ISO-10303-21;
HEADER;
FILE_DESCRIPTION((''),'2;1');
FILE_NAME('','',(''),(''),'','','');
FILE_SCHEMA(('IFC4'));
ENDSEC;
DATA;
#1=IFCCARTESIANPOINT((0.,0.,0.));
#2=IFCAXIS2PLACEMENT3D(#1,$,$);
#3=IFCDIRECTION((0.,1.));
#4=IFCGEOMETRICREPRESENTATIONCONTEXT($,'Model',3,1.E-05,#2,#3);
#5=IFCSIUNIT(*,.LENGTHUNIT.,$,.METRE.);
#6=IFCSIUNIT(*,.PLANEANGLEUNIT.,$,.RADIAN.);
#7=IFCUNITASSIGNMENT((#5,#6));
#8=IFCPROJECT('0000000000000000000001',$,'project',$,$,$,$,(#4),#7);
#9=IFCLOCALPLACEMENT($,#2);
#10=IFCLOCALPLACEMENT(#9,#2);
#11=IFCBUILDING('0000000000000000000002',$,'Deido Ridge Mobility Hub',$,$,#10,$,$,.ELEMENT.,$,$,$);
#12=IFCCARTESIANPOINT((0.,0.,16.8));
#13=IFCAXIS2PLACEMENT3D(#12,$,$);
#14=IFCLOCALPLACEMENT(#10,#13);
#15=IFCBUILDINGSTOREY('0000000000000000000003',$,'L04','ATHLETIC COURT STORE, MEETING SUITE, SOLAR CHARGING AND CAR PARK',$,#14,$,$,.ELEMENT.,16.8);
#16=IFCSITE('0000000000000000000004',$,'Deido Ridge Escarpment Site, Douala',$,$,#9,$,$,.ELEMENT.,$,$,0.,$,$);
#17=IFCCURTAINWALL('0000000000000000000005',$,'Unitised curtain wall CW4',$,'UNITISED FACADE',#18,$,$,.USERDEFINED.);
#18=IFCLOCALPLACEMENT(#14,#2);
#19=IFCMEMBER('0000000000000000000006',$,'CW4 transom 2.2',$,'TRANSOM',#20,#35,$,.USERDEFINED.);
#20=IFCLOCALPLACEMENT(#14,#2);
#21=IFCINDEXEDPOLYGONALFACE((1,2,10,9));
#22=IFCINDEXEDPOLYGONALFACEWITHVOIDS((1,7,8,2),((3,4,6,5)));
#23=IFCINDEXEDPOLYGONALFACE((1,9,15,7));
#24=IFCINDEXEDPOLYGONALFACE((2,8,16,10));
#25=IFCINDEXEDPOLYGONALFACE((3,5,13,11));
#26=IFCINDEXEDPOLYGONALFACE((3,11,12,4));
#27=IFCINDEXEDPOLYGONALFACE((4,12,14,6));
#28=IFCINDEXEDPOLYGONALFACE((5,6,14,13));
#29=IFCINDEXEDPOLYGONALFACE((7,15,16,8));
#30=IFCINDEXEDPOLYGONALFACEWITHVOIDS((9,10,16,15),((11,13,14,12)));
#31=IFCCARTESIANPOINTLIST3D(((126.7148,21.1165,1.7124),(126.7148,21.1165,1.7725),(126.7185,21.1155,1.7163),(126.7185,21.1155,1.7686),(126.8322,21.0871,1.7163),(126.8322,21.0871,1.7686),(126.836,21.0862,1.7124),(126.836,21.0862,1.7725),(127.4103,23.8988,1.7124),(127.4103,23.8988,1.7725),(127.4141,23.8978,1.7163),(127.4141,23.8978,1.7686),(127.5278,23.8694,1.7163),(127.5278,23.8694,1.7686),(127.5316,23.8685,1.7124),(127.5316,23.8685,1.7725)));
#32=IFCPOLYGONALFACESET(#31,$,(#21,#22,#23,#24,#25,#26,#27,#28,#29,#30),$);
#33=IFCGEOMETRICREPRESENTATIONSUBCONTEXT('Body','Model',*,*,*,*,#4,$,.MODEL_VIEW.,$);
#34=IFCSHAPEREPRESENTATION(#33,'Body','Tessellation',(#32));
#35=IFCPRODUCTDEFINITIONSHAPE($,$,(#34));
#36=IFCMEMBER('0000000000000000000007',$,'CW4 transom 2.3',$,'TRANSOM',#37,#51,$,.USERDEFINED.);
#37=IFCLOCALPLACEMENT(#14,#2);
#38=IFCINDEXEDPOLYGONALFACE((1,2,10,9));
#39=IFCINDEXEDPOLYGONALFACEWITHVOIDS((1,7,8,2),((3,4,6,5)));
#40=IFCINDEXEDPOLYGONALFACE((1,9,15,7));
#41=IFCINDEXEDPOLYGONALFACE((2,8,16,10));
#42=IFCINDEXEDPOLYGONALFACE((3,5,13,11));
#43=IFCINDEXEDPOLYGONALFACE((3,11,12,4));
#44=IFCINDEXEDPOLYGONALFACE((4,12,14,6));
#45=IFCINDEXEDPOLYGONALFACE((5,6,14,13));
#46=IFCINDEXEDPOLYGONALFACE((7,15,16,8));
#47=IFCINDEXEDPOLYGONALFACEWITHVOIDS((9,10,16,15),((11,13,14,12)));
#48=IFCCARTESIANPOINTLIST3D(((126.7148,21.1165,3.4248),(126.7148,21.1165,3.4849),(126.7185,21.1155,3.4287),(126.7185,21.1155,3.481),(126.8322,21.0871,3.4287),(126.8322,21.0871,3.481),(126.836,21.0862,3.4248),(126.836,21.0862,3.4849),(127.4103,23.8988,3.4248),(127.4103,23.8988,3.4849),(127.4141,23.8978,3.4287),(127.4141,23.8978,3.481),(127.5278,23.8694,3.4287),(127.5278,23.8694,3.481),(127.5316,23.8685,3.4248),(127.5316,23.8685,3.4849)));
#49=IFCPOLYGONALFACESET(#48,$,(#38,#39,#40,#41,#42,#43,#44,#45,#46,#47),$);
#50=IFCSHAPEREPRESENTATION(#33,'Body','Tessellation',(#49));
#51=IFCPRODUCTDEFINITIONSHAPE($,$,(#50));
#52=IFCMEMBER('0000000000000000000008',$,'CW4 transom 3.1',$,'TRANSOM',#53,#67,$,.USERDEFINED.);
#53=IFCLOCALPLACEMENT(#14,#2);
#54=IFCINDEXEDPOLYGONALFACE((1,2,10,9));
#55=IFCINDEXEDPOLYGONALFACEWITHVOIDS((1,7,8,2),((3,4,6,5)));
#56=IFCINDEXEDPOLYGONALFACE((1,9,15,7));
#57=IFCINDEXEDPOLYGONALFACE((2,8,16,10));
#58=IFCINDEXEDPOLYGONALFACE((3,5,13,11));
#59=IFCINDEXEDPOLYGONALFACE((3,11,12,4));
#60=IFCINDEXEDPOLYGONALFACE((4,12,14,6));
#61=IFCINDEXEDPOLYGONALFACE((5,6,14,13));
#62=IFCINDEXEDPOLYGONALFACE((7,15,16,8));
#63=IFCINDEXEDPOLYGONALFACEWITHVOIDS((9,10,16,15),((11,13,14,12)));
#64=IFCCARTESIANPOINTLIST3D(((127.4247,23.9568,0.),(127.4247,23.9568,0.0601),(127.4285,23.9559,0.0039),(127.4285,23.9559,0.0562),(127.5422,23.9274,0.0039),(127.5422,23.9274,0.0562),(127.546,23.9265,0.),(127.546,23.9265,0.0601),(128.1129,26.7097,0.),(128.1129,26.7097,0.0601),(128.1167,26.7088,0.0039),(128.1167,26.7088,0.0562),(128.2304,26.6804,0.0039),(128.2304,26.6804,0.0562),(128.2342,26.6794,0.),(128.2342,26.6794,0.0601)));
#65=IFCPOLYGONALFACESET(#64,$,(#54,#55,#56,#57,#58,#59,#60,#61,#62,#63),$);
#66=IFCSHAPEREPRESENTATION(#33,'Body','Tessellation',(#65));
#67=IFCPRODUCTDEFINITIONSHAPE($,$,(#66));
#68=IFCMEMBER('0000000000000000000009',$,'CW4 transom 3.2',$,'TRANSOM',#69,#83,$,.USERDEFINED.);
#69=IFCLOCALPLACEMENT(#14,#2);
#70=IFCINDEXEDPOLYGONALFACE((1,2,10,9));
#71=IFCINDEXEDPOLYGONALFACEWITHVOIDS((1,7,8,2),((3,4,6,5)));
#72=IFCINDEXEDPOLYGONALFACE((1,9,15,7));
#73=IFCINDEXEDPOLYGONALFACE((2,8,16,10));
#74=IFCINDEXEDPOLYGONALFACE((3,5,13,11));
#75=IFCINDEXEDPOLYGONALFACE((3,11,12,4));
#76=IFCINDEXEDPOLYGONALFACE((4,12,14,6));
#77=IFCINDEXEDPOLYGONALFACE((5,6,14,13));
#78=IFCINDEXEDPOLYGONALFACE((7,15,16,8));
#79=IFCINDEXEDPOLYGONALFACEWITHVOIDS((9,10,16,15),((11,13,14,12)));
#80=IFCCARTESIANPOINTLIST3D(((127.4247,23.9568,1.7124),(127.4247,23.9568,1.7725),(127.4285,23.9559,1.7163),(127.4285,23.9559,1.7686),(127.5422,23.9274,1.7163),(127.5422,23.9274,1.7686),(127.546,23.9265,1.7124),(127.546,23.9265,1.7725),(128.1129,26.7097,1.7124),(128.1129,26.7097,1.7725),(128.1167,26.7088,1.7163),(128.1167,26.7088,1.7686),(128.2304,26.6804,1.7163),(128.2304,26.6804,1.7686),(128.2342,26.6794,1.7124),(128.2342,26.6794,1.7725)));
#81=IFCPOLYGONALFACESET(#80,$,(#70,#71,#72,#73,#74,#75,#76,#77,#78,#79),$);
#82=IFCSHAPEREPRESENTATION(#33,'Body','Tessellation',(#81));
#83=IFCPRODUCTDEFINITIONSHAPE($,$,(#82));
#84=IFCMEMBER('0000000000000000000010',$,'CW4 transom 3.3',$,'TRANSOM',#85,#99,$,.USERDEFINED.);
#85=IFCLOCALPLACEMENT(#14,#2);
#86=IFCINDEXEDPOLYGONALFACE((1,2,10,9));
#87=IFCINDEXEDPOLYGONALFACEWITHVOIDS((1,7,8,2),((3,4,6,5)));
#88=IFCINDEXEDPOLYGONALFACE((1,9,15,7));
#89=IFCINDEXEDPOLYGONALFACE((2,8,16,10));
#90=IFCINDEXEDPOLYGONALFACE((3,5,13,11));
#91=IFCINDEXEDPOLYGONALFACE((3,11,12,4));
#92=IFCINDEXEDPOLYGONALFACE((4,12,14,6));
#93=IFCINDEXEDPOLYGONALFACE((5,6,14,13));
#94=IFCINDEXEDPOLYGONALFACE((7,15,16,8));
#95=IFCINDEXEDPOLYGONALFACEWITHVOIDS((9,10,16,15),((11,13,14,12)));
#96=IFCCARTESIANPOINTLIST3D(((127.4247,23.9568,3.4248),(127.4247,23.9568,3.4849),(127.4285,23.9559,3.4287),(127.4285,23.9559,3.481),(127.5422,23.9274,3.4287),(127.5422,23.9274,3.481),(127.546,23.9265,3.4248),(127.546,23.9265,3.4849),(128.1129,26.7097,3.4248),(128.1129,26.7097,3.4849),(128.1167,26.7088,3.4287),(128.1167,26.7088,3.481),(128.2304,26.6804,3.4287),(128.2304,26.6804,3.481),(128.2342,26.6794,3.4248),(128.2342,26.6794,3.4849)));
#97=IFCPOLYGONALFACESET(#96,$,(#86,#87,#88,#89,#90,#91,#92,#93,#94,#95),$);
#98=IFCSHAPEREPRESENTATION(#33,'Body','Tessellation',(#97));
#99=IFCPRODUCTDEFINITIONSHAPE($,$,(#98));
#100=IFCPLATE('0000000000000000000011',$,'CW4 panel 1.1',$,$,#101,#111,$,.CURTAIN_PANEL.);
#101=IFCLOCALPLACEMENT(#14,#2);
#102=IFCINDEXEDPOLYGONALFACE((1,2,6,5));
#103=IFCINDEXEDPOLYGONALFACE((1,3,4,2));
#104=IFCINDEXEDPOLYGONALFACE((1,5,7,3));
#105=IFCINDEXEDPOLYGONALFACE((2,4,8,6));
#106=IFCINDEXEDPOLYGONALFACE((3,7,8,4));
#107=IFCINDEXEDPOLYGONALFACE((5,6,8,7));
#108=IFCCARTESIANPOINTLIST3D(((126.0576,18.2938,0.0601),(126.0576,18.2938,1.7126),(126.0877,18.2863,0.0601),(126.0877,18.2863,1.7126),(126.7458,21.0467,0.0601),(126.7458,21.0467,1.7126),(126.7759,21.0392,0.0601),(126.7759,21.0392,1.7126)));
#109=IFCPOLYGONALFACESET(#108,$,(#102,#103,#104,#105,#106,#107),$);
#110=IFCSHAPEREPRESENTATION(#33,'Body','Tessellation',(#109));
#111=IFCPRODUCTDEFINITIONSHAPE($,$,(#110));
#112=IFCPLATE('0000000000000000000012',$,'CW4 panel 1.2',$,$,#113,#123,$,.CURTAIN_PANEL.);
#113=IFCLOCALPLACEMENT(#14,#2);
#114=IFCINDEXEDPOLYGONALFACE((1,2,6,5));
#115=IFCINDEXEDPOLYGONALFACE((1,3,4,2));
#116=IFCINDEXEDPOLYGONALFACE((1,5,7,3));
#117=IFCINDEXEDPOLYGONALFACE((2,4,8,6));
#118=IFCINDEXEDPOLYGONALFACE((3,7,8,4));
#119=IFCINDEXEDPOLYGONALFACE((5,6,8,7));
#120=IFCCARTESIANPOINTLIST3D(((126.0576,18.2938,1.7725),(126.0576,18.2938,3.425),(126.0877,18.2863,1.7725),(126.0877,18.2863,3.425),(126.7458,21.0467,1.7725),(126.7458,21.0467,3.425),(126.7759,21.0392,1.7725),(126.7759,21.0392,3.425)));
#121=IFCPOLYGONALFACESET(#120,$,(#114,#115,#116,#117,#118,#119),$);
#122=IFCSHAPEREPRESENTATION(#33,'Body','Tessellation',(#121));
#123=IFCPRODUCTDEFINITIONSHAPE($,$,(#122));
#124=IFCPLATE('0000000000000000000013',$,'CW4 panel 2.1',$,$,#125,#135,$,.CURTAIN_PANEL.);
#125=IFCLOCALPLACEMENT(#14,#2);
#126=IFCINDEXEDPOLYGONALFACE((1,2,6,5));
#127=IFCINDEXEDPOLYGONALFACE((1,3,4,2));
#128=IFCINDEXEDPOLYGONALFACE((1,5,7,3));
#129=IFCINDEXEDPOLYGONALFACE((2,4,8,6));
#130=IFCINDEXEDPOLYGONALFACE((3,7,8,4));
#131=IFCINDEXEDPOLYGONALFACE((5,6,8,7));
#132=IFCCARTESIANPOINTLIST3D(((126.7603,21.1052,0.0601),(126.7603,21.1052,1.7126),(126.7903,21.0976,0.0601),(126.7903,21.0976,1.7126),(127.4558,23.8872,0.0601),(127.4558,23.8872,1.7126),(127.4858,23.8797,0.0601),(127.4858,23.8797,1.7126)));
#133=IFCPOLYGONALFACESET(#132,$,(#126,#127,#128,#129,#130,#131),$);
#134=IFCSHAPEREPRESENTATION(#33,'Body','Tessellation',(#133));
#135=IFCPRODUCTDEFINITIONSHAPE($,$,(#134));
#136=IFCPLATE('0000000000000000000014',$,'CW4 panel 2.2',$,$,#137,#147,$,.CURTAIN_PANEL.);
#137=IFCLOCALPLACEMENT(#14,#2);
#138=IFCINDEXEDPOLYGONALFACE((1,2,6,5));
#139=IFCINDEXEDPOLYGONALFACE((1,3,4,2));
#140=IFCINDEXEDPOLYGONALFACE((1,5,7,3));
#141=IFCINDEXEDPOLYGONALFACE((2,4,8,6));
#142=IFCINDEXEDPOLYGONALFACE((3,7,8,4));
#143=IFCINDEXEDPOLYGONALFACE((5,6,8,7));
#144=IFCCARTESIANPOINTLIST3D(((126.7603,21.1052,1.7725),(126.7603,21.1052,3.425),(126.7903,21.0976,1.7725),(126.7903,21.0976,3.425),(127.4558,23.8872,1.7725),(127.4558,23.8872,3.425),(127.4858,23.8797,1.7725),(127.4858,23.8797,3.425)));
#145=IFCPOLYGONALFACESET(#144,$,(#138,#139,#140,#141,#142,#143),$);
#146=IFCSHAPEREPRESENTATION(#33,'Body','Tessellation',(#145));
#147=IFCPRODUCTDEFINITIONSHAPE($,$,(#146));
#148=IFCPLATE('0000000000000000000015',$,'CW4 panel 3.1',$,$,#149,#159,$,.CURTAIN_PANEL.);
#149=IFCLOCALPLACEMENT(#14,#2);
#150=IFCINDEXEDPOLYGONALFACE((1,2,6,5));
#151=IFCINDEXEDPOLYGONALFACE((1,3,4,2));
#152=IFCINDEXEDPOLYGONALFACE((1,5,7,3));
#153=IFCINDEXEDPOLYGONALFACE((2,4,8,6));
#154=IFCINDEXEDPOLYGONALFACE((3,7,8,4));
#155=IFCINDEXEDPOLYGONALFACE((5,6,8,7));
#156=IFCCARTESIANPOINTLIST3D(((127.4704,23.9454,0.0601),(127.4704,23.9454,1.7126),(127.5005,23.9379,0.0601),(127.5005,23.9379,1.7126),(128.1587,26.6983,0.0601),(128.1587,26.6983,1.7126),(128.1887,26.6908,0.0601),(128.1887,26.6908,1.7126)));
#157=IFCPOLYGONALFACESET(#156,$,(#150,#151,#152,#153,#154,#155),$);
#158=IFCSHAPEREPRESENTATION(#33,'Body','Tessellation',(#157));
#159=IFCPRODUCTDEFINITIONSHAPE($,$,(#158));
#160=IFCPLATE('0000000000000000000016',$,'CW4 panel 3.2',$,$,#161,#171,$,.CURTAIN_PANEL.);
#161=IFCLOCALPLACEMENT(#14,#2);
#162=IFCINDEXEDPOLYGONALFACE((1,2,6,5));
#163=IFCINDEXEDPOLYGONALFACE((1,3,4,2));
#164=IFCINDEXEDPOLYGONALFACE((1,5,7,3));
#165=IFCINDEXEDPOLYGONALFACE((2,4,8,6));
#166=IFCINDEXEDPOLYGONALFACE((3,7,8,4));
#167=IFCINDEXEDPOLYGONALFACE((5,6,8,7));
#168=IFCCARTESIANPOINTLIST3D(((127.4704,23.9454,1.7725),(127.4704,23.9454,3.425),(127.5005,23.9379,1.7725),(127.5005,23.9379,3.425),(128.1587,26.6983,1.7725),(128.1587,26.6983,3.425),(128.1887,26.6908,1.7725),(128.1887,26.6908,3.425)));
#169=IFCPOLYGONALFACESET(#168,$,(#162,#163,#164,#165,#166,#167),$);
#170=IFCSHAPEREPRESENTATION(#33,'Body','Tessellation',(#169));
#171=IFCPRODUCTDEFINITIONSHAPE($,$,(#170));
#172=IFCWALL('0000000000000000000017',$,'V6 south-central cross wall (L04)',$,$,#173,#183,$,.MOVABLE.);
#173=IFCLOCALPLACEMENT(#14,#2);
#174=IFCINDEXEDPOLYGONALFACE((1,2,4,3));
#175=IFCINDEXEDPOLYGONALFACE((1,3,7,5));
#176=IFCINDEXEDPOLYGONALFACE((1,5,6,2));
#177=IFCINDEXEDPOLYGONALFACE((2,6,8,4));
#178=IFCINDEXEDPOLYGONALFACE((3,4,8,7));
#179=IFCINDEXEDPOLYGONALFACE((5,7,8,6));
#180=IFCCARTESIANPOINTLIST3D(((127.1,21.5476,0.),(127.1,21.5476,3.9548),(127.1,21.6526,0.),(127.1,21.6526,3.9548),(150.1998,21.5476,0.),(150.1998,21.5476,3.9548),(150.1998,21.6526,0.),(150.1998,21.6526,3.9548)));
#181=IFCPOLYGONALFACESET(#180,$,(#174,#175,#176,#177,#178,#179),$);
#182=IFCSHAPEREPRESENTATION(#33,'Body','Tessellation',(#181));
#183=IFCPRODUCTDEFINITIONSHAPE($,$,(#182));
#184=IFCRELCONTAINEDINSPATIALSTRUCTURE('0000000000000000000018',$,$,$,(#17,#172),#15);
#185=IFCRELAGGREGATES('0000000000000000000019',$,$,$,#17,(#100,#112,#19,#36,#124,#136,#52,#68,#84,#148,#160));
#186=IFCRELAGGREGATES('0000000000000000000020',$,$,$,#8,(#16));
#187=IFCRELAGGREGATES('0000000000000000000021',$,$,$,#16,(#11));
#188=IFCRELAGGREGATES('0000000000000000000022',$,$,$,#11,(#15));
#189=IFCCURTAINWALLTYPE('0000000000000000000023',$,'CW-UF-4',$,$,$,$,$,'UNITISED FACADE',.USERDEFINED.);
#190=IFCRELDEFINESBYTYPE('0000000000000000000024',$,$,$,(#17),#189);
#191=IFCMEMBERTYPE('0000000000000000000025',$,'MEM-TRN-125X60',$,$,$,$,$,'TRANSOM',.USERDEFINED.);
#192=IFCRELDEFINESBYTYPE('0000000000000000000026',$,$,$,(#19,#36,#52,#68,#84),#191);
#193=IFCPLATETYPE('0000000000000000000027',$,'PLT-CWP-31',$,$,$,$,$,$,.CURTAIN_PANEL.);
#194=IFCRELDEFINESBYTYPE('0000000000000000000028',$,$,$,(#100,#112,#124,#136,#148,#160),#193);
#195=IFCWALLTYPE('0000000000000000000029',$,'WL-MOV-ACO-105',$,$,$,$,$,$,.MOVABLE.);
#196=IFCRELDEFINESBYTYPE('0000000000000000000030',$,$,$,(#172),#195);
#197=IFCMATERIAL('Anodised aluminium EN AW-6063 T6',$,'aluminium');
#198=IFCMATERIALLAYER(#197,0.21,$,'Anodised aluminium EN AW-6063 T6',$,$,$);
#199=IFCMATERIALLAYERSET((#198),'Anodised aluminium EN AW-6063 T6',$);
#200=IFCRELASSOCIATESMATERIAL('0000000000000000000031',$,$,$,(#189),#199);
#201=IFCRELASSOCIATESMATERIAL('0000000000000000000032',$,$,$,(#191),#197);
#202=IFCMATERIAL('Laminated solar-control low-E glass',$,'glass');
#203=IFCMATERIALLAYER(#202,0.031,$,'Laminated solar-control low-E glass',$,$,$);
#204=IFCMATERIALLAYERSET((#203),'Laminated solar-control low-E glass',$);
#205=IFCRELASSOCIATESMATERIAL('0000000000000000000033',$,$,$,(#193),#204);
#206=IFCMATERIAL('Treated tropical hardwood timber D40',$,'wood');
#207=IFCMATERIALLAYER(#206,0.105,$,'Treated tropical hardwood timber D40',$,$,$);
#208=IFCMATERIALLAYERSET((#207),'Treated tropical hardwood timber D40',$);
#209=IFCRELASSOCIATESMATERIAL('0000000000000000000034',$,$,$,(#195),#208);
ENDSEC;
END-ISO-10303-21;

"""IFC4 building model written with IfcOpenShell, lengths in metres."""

from ifc_helpers import new_model, si_unit, direction, frame, frame_2d, origin, origin_2d, place, context, subcontext, project, spatial, rectangle, hollow_rectangle, extrude, material, layer, layer_set, material_profile, profile_set, type_object, element, aggregate, save


model = new_model("IFC4")

# Units and contexts
model_context = context("Model", 3, precision=1e-05, world=origin(), true_north=direction((0.0, 1.0)))
body_context = subcontext(model_context, "Body", "Model", "MODEL_VIEW")
ifc_project = project(units=[si_unit("LENGTHUNIT", "METRE"), si_unit("PLANEANGLEUNIT", "RADIAN")], contexts=[model_context])

# Site, building, storey
site_placement = place(None, origin())
site = spatial("IfcSite", under=ifc_project, at=site_placement, Name="Deido Ridge Escarpment Site, Douala", CompositionType="ELEMENT", RefElevation=0.0)
building_placement = place(site_placement, origin())
building = spatial("IfcBuilding", under=site, at=building_placement, Name="Deido Ridge Mobility Hub", CompositionType="ELEMENT")
storey_placement = place(building_placement, frame((0.0, 0.0, 16.8)))
storey = spatial("IfcBuildingStorey", under=building, at=storey_placement, Name="L04", Description="ATHLETIC COURT STORE, MEETING SUITE, SOLAR CHARGING AND CAR PARK", CompositionType="ELEMENT", Elevation=16.8)

# Curtain wall, members, plates
ifc_material_1 = material(Name="Anodised aluminium EN AW-6063 T6", Category="aluminium")
ifc_layer_1 = layer(ifc_material_1, 0.21, Name="Anodised aluminium EN AW-6063 T6")
ifc_layer_set_1 = layer_set([ifc_layer_1], Name="Anodised aluminium EN AW-6063 T6")
curtain_wall_type = type_object("IfcCurtainWallType", Name="CW-UF-4", ElementType="UNITISED FACADE", PredefinedType="USERDEFINED", material=ifc_layer_set_1)
curtain_wall_placement = place(storey_placement, origin())
curtain_wall = element("IfcCurtainWall", 1, at=curtain_wall_placement, inside=storey, type_object=curtain_wall_type, Name="Unitised curtain wall CW4", ObjectType="UNITISED FACADE", PredefinedType="USERDEFINED")
ifc_material_profile_1 = material_profile(ifc_material_1, hollow_rectangle(XDim=0.125, YDim=0.0601, WallThickness=0.0039, at=origin_2d()), Name="RHS 125x60x4")
ifc_profile_set_1 = profile_set([ifc_material_profile_1], Name="Anodised aluminium EN AW-6063 T6")
member_type_1 = type_object("IfcMemberType", Name="MEM-TRN-125X60", ElementType="TRANSOM", PredefinedType="USERDEFINED", material=ifc_profile_set_1)
member_1_placement = place(storey_placement, frame((126.7754, 21.1013, 1.7424), z_axis=(0.242536, 0.970143, 0.0), x_axis=(-0.970143, 0.242536, 0.0)))
member_1 = element("IfcMember", 2, at=member_1_placement, type_object=member_type_1, Name="CW4 transom 2.2", ObjectType="TRANSOM", PredefinedType="USERDEFINED", context=body_context, shape_type="SweptSolid", body=[
    extrude(hollow_rectangle(XDim=0.125, YDim=0.0601, WallThickness=0.0039, at=origin_2d()), origin(), (0.0, 0.0, 1.0), 2.8679),
])
member_2_placement = place(storey_placement, frame((126.7754, 21.1013, 3.4548), z_axis=(0.242536, 0.970143, 0.0), x_axis=(-0.970143, 0.242536, 0.0)))
member_2 = element("IfcMember", 3, at=member_2_placement, type_object=member_type_1, Name="CW4 transom 2.3", ObjectType="TRANSOM", PredefinedType="USERDEFINED", context=body_context, shape_type="SweptSolid", body=[
    extrude(hollow_rectangle(XDim=0.125, YDim=0.0601, WallThickness=0.0039, at=origin_2d()), origin(), (0.0, 0.0, 1.0), 2.8679),
])
member_3_placement = place(storey_placement, frame((127.4854, 23.9417, 0.03), z_axis=(0.242536, 0.970143, 0.0), x_axis=(-0.970143, 0.242536, 0.0)))
member_3 = element("IfcMember", 4, at=member_3_placement, type_object=member_type_1, Name="CW4 transom 3.1", ObjectType="TRANSOM", PredefinedType="USERDEFINED", context=body_context, shape_type="SweptSolid", body=[
    extrude(hollow_rectangle(XDim=0.125, YDim=0.0601, WallThickness=0.0039, at=origin_2d()), origin(), (0.0, 0.0, 1.0), 2.8376),
])
member_4_placement = place(storey_placement, frame((127.4854, 23.9417, 1.7424), z_axis=(0.242536, 0.970143, 0.0), x_axis=(-0.970143, 0.242536, 0.0)))
member_4 = element("IfcMember", 5, at=member_4_placement, type_object=member_type_1, Name="CW4 transom 3.2", ObjectType="TRANSOM", PredefinedType="USERDEFINED", context=body_context, shape_type="SweptSolid", body=[
    extrude(hollow_rectangle(XDim=0.125, YDim=0.0601, WallThickness=0.0039, at=origin_2d()), origin(), (0.0, 0.0, 1.0), 2.8376),
])
member_5_placement = place(storey_placement, frame((127.4854, 23.9417, 3.4548), z_axis=(0.242536, 0.970143, 0.0), x_axis=(-0.970143, 0.242536, 0.0)))
member_5 = element("IfcMember", 6, at=member_5_placement, type_object=member_type_1, Name="CW4 transom 3.3", ObjectType="TRANSOM", PredefinedType="USERDEFINED", context=body_context, shape_type="SweptSolid", body=[
    extrude(hollow_rectangle(XDim=0.125, YDim=0.0601, WallThickness=0.0039, at=origin_2d()), origin(), (0.0, 0.0, 1.0), 2.8376),
])
ifc_material_2 = material(Name="Laminated solar-control low-E glass", Category="glass")
ifc_layer_2 = layer(ifc_material_2, 0.031, Name="Laminated solar-control low-E glass")
ifc_layer_set_2 = layer_set([ifc_layer_2], Name="Laminated solar-control low-E glass")
plate_type = type_object("IfcPlateType", Name="PLT-CWP-31", PredefinedType="CURTAIN_PANEL", material=ifc_layer_set_2)
plate_1_placement = place(storey_placement, frame((126.4167, 19.6665, 0.0601), z_axis=(0.0, 0.0, 1.0), x_axis=(0.24253, 0.970144, 0.0)))
plate_1 = element("IfcPlate", 7, at=plate_1_placement, type_object=plate_type, Name="CW4 panel 1.1", PredefinedType="CURTAIN_PANEL", context=body_context, shape_type="SweptSolid", body=[
    extrude(rectangle(XDim=2.8376, YDim=0.031, at=origin_2d()), origin(), (0.0, 0.0, 1.0), 1.6526),
])
plate_2_placement = place(storey_placement, frame((126.4167, 19.6665, 1.7725), z_axis=(0.0, 0.0, 1.0), x_axis=(0.24253, 0.970144, 0.0)))
plate_2 = element("IfcPlate", 8, at=plate_2_placement, type_object=plate_type, Name="CW4 panel 1.2", PredefinedType="CURTAIN_PANEL", context=body_context, shape_type="SweptSolid", body=[
    extrude(rectangle(XDim=2.8376, YDim=0.031, at=origin_2d()), origin(), (0.0, 0.0, 1.0), 1.6526),
])
plate_3_placement = place(storey_placement, frame((127.123, 22.4924, 0.0601), z_axis=(0.0, 0.0, 1.0), x_axis=(0.24253, 0.970144, 0.0)))
plate_3 = element("IfcPlate", 9, at=plate_3_placement, type_object=plate_type, Name="CW4 panel 2.1", PredefinedType="CURTAIN_PANEL", context=body_context, shape_type="SweptSolid", body=[
    extrude(rectangle(XDim=2.8677, YDim=0.031, at=origin_2d()), origin(), (0.0, 0.0, 1.0), 1.6526),
])
plate_4_placement = place(storey_placement, frame((127.123, 22.4924, 1.7725), z_axis=(0.0, 0.0, 1.0), x_axis=(0.24253, 0.970144, 0.0)))
plate_4 = element("IfcPlate", 10, at=plate_4_placement, type_object=plate_type, Name="CW4 panel 2.2", PredefinedType="CURTAIN_PANEL", context=body_context, shape_type="SweptSolid", body=[
    extrude(rectangle(XDim=2.8677, YDim=0.031, at=origin_2d()), origin(), (0.0, 0.0, 1.0), 1.6526),
])
plate_5_placement = place(storey_placement, frame((127.8296, 25.3181, 0.0601), z_axis=(0.0, 0.0, 1.0), x_axis=(0.24253, 0.970144, 0.0)))
plate_5 = element("IfcPlate", 11, at=plate_5_placement, type_object=plate_type, Name="CW4 panel 3.1", PredefinedType="CURTAIN_PANEL", context=body_context, shape_type="SweptSolid", body=[
    extrude(rectangle(XDim=2.8376, YDim=0.031, at=origin_2d()), origin(), (0.0, 0.0, 1.0), 1.6526),
])
plate_6_placement = place(storey_placement, frame((127.8296, 25.3181, 1.7725), z_axis=(0.0, 0.0, 1.0), x_axis=(0.24253, 0.970144, 0.0)))
plate_6 = element("IfcPlate", 12, at=plate_6_placement, type_object=plate_type, Name="CW4 panel 3.2", PredefinedType="CURTAIN_PANEL", context=body_context, shape_type="SweptSolid", body=[
    extrude(rectangle(XDim=2.8376, YDim=0.031, at=origin_2d()), origin(), (0.0, 0.0, 1.0), 1.6526),
])
aggregate(curtain_wall, [plate_1, plate_2, member_1, member_2, plate_3, plate_4, member_3, member_4, member_5, plate_5, plate_6])

# Wall
ifc_material_3 = material(Name="Treated tropical hardwood timber D40", Category="wood")
ifc_layer_3 = layer(ifc_material_3, 0.105, Name="Treated tropical hardwood timber D40")
ifc_layer_set_3 = layer_set([ifc_layer_3], Name="Treated tropical hardwood timber D40")
wall_type_1 = type_object("IfcWallType", Name="WL-MOV-ACO-105", PredefinedType="MOVABLE", material=ifc_layer_set_3)
wall_1_placement = place(storey_placement, frame((127.1001, 21.6001, 0.0), z_axis=(0.0, 0.0, 1.0), x_axis=(1.0, 0.0, 0.0)))
element("IfcWall", 13, at=wall_1_placement, inside=storey, type_object=wall_type_1, Name="V6 south-central cross wall (L04)", PredefinedType="MOVABLE", context=body_context, shape_type="SweptSolid", body=[
    extrude(rectangle(XDim=23.0999, YDim=0.105, at=frame_2d((11.5498, 0.0))), origin(), (0.0, 0.0, 1.0), 3.9548),
])

save(model, "model.ifc")
